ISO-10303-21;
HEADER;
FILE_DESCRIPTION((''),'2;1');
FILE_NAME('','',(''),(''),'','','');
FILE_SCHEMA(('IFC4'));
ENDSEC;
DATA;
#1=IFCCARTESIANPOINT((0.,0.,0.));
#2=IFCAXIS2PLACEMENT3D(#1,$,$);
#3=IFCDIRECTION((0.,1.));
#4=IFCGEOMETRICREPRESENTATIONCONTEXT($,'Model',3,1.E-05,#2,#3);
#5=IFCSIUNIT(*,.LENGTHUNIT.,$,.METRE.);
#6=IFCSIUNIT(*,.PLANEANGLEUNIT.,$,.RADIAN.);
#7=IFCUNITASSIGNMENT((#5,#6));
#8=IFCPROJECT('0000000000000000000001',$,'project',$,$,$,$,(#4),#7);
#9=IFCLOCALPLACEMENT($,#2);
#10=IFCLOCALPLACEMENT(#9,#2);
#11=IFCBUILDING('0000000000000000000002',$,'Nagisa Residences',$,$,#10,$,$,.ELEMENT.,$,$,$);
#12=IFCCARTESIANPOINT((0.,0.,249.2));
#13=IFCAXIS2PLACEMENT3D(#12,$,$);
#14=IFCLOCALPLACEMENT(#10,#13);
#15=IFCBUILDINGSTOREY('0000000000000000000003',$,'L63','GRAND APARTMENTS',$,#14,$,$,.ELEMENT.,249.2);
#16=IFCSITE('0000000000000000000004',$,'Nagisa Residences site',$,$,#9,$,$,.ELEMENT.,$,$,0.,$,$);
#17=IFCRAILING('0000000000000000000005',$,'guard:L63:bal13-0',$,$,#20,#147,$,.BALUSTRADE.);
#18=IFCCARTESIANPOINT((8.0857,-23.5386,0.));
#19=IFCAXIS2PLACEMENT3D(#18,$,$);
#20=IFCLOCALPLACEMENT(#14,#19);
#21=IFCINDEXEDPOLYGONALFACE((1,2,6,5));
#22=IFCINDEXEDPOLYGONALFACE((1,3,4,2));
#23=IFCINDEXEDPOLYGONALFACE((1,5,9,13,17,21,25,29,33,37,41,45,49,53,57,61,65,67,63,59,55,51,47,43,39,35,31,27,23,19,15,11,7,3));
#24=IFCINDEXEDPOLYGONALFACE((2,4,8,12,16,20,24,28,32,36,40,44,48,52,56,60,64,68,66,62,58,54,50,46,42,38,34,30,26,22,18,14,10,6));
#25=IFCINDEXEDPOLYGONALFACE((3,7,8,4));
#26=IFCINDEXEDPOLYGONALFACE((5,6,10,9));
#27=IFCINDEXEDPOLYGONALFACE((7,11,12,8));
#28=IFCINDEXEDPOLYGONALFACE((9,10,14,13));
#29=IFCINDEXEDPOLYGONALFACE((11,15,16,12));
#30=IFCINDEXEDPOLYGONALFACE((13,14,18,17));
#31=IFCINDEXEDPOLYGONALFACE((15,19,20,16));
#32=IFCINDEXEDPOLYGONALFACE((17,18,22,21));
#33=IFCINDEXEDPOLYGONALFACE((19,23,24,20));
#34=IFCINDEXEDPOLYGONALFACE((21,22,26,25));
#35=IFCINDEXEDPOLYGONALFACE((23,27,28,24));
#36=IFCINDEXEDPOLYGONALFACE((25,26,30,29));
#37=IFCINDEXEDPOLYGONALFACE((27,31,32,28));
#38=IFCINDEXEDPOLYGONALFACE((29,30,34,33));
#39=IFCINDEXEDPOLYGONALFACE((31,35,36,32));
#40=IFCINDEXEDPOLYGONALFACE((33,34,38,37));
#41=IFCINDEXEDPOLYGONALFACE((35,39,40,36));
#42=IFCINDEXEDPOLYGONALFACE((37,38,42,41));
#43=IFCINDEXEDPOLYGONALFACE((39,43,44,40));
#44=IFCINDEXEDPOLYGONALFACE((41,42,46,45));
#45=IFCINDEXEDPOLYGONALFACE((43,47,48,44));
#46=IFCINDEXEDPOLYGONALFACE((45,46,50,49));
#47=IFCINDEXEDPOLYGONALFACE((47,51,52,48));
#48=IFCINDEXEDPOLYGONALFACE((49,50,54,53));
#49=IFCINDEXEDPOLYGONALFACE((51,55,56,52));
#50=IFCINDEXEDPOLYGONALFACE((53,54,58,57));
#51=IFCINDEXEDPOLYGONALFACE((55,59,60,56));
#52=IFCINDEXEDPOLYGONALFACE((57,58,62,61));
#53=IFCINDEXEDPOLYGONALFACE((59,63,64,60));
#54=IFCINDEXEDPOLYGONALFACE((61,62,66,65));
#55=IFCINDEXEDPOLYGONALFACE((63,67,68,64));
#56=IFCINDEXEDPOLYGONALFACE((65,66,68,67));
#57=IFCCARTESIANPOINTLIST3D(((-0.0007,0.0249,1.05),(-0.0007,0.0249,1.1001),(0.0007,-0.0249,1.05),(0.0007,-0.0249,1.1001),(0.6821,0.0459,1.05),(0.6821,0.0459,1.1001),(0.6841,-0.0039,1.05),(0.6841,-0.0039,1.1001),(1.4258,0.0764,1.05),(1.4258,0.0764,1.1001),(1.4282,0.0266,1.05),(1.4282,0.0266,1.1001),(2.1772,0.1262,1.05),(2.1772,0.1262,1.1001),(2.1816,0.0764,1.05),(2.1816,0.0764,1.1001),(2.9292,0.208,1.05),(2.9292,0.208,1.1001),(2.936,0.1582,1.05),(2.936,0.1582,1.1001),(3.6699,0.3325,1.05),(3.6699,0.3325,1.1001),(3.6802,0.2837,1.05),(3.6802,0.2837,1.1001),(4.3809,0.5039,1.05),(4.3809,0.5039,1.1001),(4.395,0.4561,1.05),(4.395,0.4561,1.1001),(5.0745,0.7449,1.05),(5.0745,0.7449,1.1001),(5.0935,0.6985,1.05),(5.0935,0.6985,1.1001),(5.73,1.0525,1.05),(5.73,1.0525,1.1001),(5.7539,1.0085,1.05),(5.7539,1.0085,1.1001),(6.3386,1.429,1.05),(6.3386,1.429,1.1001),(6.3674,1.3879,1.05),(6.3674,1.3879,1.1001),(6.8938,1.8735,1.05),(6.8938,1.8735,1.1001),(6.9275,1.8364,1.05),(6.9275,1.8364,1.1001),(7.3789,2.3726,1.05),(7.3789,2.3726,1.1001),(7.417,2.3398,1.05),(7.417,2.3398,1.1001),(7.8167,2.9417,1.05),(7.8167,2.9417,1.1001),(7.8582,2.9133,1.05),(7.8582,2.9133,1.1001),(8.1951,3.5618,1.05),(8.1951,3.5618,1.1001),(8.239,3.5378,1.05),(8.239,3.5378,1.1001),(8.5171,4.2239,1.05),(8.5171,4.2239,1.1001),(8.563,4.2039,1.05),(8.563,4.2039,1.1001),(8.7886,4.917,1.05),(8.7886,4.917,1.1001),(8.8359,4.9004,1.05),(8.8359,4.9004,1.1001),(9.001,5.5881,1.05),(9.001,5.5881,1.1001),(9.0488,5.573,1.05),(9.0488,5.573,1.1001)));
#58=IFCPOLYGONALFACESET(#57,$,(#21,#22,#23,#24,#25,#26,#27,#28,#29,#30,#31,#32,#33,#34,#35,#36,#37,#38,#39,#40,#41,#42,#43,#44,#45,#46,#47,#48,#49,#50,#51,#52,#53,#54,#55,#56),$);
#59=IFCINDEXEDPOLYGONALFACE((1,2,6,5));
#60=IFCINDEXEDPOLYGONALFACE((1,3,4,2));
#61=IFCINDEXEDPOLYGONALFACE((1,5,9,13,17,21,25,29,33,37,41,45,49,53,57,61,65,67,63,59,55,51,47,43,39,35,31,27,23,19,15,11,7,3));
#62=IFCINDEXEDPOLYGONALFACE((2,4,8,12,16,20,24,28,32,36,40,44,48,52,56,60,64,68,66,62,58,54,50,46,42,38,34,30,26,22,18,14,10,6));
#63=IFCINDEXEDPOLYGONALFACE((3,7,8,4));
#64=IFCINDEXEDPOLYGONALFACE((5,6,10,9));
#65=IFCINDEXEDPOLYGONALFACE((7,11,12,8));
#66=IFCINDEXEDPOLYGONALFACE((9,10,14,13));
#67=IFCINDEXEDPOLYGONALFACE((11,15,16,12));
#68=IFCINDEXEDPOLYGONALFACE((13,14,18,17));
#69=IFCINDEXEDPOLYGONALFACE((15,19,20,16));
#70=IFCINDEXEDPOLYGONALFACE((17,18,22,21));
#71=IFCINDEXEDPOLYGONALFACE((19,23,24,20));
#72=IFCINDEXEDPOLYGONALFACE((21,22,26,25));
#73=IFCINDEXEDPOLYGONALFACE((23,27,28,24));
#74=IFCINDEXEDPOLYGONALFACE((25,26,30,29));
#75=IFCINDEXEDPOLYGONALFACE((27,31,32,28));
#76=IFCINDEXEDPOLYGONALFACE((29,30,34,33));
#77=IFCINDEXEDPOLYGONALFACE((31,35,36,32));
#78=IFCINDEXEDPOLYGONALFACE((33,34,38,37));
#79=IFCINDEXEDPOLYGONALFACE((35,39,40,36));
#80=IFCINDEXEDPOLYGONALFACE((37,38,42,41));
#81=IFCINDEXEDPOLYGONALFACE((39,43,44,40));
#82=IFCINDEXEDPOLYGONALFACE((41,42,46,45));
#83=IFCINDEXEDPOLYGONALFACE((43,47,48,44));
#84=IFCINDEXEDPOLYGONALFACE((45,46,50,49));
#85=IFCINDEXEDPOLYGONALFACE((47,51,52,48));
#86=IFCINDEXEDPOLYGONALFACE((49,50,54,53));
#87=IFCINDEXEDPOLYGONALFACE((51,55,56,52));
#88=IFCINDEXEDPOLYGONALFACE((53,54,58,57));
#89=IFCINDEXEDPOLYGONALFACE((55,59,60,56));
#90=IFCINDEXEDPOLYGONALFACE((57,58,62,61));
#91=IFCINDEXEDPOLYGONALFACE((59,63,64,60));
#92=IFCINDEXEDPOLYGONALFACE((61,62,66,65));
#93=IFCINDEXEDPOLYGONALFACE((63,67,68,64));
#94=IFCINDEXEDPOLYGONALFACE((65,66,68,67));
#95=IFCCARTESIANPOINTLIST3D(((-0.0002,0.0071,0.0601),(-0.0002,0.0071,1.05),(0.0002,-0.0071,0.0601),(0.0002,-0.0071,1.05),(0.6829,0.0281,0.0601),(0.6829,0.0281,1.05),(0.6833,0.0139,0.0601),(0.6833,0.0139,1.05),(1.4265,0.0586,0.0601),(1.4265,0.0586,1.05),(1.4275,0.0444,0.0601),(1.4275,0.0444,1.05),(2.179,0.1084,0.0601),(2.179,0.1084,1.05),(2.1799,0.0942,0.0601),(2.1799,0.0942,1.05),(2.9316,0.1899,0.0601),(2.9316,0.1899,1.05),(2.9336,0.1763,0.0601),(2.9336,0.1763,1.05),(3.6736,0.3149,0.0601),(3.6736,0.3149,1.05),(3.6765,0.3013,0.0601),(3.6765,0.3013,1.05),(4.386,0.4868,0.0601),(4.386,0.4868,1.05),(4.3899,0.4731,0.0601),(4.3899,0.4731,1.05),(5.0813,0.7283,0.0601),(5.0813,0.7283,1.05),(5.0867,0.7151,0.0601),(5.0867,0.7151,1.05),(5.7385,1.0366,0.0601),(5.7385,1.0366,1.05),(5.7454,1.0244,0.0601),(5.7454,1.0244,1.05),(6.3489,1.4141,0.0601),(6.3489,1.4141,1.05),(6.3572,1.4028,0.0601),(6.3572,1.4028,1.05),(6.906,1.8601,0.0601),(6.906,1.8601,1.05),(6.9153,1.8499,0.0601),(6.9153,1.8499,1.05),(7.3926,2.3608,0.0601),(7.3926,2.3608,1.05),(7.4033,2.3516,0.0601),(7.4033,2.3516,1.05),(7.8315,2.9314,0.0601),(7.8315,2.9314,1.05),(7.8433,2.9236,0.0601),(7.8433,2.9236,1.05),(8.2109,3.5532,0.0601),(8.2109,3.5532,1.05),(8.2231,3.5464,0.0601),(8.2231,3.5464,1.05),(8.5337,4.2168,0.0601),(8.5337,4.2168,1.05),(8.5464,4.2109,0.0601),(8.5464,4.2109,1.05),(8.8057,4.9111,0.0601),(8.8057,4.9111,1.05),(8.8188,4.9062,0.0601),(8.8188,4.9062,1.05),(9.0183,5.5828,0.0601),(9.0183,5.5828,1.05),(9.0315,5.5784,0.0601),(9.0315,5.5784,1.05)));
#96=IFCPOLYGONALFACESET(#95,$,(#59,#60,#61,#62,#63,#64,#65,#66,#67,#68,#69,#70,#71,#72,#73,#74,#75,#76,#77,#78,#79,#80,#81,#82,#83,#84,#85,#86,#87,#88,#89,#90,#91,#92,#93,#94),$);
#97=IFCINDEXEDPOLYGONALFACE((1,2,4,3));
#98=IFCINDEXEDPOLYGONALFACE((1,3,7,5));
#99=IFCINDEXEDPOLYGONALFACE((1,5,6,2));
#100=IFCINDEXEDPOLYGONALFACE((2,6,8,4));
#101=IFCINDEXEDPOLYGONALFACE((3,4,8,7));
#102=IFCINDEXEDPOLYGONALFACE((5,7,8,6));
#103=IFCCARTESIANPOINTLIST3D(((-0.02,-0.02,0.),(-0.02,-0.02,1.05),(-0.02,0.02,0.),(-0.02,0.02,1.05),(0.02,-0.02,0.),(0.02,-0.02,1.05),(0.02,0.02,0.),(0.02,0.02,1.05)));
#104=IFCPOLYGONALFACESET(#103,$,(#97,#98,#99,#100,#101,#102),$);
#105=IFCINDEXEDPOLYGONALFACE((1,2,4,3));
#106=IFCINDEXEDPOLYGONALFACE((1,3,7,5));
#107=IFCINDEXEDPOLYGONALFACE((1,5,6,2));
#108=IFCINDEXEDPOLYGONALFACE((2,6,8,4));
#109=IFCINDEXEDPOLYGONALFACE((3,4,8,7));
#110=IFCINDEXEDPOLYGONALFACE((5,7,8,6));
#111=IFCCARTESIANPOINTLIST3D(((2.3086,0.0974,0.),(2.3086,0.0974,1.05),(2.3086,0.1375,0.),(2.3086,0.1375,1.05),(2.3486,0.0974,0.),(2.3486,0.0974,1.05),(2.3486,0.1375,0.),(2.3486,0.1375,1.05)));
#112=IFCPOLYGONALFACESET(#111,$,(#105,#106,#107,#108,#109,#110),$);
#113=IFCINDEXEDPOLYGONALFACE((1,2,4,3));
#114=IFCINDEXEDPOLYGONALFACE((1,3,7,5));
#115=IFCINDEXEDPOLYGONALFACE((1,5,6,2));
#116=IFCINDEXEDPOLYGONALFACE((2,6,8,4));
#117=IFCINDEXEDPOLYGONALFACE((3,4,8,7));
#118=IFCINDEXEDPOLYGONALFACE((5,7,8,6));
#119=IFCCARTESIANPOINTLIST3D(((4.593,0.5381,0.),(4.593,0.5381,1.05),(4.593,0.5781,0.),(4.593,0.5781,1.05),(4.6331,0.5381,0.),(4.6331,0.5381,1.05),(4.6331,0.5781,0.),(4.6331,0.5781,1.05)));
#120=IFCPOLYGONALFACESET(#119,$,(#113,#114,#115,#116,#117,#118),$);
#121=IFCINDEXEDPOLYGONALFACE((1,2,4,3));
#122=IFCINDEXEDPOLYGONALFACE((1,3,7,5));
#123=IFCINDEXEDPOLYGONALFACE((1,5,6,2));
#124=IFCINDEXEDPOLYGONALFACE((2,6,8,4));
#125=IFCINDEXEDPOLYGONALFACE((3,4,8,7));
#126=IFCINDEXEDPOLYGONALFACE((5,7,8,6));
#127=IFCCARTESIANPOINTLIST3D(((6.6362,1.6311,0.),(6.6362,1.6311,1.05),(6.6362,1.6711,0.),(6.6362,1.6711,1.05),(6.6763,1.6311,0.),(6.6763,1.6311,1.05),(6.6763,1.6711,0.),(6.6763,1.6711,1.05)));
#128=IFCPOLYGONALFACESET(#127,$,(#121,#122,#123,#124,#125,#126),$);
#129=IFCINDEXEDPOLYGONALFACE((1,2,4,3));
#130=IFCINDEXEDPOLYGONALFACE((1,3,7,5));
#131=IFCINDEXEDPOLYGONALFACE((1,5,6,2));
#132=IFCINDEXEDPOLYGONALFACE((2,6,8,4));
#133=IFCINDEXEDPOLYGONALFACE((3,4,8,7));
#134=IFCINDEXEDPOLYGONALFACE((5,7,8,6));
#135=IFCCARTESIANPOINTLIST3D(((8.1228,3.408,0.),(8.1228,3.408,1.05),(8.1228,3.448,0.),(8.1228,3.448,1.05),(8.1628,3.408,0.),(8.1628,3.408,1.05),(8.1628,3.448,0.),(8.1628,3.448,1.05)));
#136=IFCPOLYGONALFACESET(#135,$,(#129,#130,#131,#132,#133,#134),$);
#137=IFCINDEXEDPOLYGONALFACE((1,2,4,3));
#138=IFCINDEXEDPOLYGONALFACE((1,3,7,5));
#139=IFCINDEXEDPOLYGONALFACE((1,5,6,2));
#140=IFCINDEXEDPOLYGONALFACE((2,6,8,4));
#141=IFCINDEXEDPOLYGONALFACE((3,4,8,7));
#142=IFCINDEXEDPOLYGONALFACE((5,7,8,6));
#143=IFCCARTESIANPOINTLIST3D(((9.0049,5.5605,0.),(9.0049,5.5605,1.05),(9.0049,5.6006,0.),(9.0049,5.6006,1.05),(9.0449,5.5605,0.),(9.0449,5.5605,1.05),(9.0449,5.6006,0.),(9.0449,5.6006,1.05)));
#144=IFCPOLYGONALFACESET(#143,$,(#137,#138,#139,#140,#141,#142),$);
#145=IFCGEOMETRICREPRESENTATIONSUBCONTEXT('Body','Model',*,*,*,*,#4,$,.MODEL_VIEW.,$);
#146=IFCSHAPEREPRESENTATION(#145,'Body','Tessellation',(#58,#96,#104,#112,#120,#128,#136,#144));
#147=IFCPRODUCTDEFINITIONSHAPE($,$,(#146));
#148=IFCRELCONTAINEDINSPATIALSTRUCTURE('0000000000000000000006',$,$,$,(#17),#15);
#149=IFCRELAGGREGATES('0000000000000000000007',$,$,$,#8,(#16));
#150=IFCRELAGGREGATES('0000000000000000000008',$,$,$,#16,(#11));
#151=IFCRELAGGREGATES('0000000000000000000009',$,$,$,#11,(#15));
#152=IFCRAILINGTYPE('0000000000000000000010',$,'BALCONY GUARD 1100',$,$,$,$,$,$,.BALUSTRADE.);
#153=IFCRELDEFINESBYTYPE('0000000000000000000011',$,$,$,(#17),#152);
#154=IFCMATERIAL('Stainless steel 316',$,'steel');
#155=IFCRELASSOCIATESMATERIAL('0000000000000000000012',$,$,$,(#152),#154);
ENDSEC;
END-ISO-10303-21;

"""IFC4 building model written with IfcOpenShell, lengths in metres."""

from ifc_helpers import new_model, si_unit, direction, frame, origin, origin_2d, place, context, subcontext, project, spatial, polyline, rectangle, outline, extrude, material, type_object, element, save


model = new_model("IFC4")

# Units and contexts
model_context = context("Model", 3, precision=1e-05, world=origin(), true_north=direction((0.0, 1.0)))
body_context = subcontext(model_context, "Body", "Model", "MODEL_VIEW")
ifc_project = project(units=[si_unit("LENGTHUNIT", "METRE"), si_unit("PLANEANGLEUNIT", "RADIAN")], contexts=[model_context])

# Site, building, storey
site_placement = place(None, origin())
site = spatial("IfcSite", under=ifc_project, at=site_placement, Name="Nagisa Residences site", CompositionType="ELEMENT", RefElevation=0.0)
building_placement = place(site_placement, origin())
building = spatial("IfcBuilding", under=site, at=building_placement, Name="Nagisa Residences", CompositionType="ELEMENT")
storey_placement = place(building_placement, frame((0.0, 0.0, 249.2)))
storey = spatial("IfcBuildingStorey", under=building, at=storey_placement, Name="L63", Description="GRAND APARTMENTS", CompositionType="ELEMENT", Elevation=249.2)

# Railing
ifc_material_1 = material(Name="Stainless steel 316", Category="steel")
railing_type = type_object("IfcRailingType", Name="BALCONY GUARD 1100", PredefinedType="BALUSTRADE", material=ifc_material_1)
railing_placement = place(storey_placement, frame((8.0857, -23.5386, 0.0)))
element("IfcRailing", 1, at=railing_placement, inside=storey, type_object=railing_type, Name="guard:L63:bal13-0", PredefinedType="BALUSTRADE", context=body_context, shape_type="SweptSolid", body=[
    extrude(outline(polyline([(0.6821, 0.0459), (-0.0007, 0.0249), (0.0007, -0.0249), (0.6841, -0.0039), (1.4282, 0.0266), (2.1816, 0.0764), (2.936, 0.1582), (3.6802, 0.2837), (4.395, 0.4561), (5.0935, 0.6985), (5.7539, 1.0085), (6.3674, 1.3879), (6.9275, 1.8364), (7.417, 2.3398), (7.8582, 2.9133), (8.239, 3.5378), (8.563, 4.2039), (8.8359, 4.9004), (9.0488, 5.573), (9.001, 5.5881), (8.7886, 4.917), (8.5171, 4.2239), (8.1951, 3.5618), (7.8167, 2.9417), (7.3789, 2.3726), (6.8938, 1.8735), (6.3386, 1.429), (5.73, 1.0525), (5.0745, 0.7449), (4.3809, 0.5039), (3.6699, 0.3325), (2.9292, 0.208), (2.1772, 0.1262), (1.4258, 0.0764), (0.6821, 0.0459)])), frame((0.0, 0.0, 1.05)), (0.0, 0.0, 1.0), 0.05),
    extrude(outline(polyline([(0.6829, 0.0281), (-0.0002, 0.0071), (0.0002, -0.0071), (0.6833, 0.0139), (1.4275, 0.0444), (2.1799, 0.0942), (2.9336, 0.1763), (3.6765, 0.3013), (4.3899, 0.4731), (5.0867, 0.7151), (5.7454, 1.0244), (6.3572, 1.4028), (6.9153, 1.8499), (7.4033, 2.3516), (7.8433, 2.9236), (8.2231, 3.5464), (8.5464, 4.2109), (8.8188, 4.9062), (9.0315, 5.5784), (9.0183, 5.5828), (8.8057, 4.9111), (8.5337, 4.2168), (8.2109, 3.5532), (7.8315, 2.9314), (7.3926, 2.3608), (6.906, 1.8601), (6.3489, 1.4141), (5.7385, 1.0366), (5.0813, 0.7283), (4.386, 0.4868), (3.6736, 0.3149), (2.9316, 0.1899), (2.179, 0.1084), (1.4265, 0.0586), (0.6829, 0.0281)])), frame((0.0, 0.0, 0.0601)), (0.0, 0.0, 1.0), 0.99),
    extrude(rectangle(XDim=0.04, YDim=0.04, at=origin_2d()), origin(), (0.0, 0.0, 1.0), 1.05),
    extrude(rectangle(XDim=0.04, YDim=0.04, at=origin_2d()), frame((2.3286, 0.1174, 0.0)), (0.0, 0.0, 1.0), 1.05),
    extrude(rectangle(XDim=0.04, YDim=0.04, at=origin_2d()), frame((4.613, 0.5581, 0.0)), (0.0, 0.0, 1.0), 1.05),
    extrude(rectangle(XDim=0.04, YDim=0.04, at=origin_2d()), frame((6.6562, 1.6511, 0.0)), (0.0, 0.0, 1.0), 1.05),
    extrude(rectangle(XDim=0.04, YDim=0.04, at=origin_2d()), frame((8.1428, 3.428, 0.0)), (0.0, 0.0, 1.0), 1.05),
    extrude(rectangle(XDim=0.04, YDim=0.04, at=origin_2d()), frame((9.0249, 5.5806, 0.0)), (0.0, 0.0, 1.0), 1.05),
])

save(model, "model.ifc")
